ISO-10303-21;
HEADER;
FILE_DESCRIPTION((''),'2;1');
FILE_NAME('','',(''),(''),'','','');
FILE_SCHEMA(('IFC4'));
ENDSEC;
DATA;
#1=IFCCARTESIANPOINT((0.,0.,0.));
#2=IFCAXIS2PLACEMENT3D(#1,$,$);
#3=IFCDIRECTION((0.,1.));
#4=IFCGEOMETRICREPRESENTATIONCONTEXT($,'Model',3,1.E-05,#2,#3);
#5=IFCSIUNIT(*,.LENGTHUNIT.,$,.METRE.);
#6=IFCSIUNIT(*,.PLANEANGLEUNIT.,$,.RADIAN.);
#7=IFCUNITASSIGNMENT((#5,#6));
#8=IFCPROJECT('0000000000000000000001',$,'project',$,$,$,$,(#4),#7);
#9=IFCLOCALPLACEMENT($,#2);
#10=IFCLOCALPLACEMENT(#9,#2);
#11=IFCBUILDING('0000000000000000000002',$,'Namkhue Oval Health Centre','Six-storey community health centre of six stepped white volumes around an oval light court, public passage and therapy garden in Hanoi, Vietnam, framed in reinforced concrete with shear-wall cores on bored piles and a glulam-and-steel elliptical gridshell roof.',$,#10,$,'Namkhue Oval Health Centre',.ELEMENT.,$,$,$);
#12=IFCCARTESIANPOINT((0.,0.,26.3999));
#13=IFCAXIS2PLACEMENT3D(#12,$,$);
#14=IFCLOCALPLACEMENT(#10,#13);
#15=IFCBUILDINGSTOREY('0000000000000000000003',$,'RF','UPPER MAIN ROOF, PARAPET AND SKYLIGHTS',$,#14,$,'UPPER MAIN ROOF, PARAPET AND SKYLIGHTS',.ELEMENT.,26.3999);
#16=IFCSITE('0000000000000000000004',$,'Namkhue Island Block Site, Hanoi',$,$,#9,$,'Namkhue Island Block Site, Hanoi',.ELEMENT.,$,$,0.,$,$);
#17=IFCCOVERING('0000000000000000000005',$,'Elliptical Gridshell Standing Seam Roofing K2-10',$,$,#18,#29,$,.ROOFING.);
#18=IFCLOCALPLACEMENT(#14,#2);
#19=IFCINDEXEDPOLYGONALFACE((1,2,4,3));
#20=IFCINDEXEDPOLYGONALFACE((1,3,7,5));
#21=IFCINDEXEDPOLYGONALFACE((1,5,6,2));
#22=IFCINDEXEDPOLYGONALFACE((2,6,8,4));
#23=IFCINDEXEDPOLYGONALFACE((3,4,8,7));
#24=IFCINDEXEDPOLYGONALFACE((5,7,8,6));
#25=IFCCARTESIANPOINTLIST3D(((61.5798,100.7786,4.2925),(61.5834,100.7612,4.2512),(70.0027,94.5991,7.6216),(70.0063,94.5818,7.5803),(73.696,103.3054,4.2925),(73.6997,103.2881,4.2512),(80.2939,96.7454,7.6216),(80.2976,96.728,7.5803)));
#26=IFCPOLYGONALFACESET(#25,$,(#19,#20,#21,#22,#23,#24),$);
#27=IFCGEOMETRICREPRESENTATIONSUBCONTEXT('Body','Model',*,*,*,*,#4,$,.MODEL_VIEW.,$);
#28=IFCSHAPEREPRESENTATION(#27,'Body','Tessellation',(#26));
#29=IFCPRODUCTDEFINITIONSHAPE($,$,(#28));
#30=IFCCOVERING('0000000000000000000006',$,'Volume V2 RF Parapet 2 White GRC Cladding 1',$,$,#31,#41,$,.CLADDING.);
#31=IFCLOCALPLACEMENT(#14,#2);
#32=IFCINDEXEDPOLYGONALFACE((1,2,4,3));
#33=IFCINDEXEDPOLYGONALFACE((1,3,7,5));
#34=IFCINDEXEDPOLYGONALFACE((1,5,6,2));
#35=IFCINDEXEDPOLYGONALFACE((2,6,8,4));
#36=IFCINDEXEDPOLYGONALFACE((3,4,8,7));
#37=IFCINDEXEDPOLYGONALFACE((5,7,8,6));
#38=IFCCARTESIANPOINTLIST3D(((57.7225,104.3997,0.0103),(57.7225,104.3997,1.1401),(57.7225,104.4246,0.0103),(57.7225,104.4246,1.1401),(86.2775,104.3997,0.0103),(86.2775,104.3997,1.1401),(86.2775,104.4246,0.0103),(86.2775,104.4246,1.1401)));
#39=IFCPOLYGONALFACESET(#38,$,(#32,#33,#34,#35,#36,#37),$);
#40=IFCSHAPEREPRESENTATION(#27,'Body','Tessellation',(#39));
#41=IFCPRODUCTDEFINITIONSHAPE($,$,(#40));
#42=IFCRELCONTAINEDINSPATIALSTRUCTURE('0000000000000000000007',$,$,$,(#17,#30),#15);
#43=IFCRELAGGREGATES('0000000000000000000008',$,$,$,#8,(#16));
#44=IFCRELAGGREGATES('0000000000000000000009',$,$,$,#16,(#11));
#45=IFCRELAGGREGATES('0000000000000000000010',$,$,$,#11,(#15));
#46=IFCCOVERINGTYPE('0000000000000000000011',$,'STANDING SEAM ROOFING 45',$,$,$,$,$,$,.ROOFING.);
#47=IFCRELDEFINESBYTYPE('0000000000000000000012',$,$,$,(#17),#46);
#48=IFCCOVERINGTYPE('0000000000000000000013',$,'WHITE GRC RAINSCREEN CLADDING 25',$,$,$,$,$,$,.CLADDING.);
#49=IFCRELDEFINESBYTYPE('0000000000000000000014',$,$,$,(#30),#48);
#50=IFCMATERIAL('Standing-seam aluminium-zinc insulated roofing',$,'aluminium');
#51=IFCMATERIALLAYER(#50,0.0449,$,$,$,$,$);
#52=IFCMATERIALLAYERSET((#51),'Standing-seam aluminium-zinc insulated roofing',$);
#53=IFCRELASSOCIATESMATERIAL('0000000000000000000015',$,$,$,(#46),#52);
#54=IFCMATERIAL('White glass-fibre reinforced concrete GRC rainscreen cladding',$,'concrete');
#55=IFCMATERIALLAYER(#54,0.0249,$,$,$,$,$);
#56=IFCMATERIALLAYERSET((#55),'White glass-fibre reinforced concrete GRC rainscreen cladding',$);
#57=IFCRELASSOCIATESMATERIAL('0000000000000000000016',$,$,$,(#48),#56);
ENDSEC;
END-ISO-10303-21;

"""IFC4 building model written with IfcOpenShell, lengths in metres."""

from ifc_helpers import new_model, si_unit, direction, frame, origin, origin_2d, place, context, subcontext, project, spatial, polyline, rectangle, outline, extrude, material, layer, layer_set, type_object, element, save


model = new_model("IFC4")

# Units and contexts
model_context = context("Model", 3, precision=1e-05, world=origin(), true_north=direction((0.0, 1.0)))
body_context = subcontext(model_context, "Body", "Model", "MODEL_VIEW")
ifc_project = project(units=[si_unit("LENGTHUNIT", "METRE"), si_unit("PLANEANGLEUNIT", "RADIAN")], contexts=[model_context])

# Site, building, storey
site_placement = place(None, origin())
site = spatial("IfcSite", under=ifc_project, at=site_placement, Name="Namkhue Island Block Site, Hanoi", LongName="Namkhue Island Block Site, Hanoi", CompositionType="ELEMENT", RefElevation=0.0)
building_placement = place(site_placement, origin())
building = spatial("IfcBuilding", under=site, at=building_placement, Name="Namkhue Oval Health Centre", Description="Six-storey community health centre of six stepped white volumes around an oval light court, public passage and therapy garden in Hanoi, Vietnam, framed in reinforced concrete with shear-wall cores on bored piles and a glulam-and-steel elliptical gridshell roof.", LongName="Namkhue Oval Health Centre", CompositionType="ELEMENT")
storey_placement = place(building_placement, frame((0.0, 0.0, 26.3999)))
storey = spatial("IfcBuildingStorey", under=building, at=storey_placement, Name="RF", Description="UPPER MAIN ROOF, PARAPET AND SKYLIGHTS", LongName="UPPER MAIN ROOF, PARAPET AND SKYLIGHTS", CompositionType="ELEMENT", Elevation=26.3999)

# Coverings
ifc_material_1 = material(Name="Standing-seam aluminium-zinc insulated roofing", Category="aluminium")
ifc_layer_1 = layer(ifc_material_1, 0.0449)
ifc_layer_set_1 = layer_set([ifc_layer_1], Name="Standing-seam aluminium-zinc insulated roofing")
covering_type_1 = type_object("IfcCoveringType", Name="STANDING SEAM ROOFING 45", PredefinedType="ROOFING", material=ifc_layer_set_1)
covering_1_placement = place(storey_placement, frame((73.696, 103.3054, 4.2925), z_axis=(-0.080413, 0.385581, 0.919163), x_axis=(-0.978938, -0.204159, 0.0)))
element("IfcCovering", 1, at=covering_1_placement, inside=storey, type_object=covering_type_1, Name="Elliptical Gridshell Standing Seam Roofing K2-10", PredefinedType="ROOFING", context=body_context, shape_type="SweptSolid", body=[
    extrude(outline(polyline([(0.0, 0.0), (12.3769, 0.0), (5.393, 8.4521), (-5.1196, 8.4522), (0.0, 0.0)])), origin(), (0.0, 0.0, -1.0), 0.0449),
])
ifc_material_2 = material(Name="White glass-fibre reinforced concrete GRC rainscreen cladding", Category="concrete")
ifc_layer_2 = layer(ifc_material_2, 0.0249)
ifc_layer_set_2 = layer_set([ifc_layer_2], Name="White glass-fibre reinforced concrete GRC rainscreen cladding")
covering_type_2 = type_object("IfcCoveringType", Name="WHITE GRC RAINSCREEN CLADDING 25", PredefinedType="CLADDING", material=ifc_layer_set_2)
covering_2_placement = place(storey_placement, frame((72.0, 104.4121, 0.0103), z_axis=(0.0, 0.0, 1.0), x_axis=(1.0, 0.0, 0.0)))
element("IfcCovering", 2, at=covering_2_placement, inside=storey, type_object=covering_type_2, Name="Volume V2 RF Parapet 2 White GRC Cladding 1", PredefinedType="CLADDING", context=body_context, shape_type="SweptSolid", body=[
    extrude(rectangle(XDim=28.5549, YDim=0.0249, at=origin_2d()), origin(), (0.0, 0.0, 1.0), 1.1299),
])

save(model, "model.ifc")
